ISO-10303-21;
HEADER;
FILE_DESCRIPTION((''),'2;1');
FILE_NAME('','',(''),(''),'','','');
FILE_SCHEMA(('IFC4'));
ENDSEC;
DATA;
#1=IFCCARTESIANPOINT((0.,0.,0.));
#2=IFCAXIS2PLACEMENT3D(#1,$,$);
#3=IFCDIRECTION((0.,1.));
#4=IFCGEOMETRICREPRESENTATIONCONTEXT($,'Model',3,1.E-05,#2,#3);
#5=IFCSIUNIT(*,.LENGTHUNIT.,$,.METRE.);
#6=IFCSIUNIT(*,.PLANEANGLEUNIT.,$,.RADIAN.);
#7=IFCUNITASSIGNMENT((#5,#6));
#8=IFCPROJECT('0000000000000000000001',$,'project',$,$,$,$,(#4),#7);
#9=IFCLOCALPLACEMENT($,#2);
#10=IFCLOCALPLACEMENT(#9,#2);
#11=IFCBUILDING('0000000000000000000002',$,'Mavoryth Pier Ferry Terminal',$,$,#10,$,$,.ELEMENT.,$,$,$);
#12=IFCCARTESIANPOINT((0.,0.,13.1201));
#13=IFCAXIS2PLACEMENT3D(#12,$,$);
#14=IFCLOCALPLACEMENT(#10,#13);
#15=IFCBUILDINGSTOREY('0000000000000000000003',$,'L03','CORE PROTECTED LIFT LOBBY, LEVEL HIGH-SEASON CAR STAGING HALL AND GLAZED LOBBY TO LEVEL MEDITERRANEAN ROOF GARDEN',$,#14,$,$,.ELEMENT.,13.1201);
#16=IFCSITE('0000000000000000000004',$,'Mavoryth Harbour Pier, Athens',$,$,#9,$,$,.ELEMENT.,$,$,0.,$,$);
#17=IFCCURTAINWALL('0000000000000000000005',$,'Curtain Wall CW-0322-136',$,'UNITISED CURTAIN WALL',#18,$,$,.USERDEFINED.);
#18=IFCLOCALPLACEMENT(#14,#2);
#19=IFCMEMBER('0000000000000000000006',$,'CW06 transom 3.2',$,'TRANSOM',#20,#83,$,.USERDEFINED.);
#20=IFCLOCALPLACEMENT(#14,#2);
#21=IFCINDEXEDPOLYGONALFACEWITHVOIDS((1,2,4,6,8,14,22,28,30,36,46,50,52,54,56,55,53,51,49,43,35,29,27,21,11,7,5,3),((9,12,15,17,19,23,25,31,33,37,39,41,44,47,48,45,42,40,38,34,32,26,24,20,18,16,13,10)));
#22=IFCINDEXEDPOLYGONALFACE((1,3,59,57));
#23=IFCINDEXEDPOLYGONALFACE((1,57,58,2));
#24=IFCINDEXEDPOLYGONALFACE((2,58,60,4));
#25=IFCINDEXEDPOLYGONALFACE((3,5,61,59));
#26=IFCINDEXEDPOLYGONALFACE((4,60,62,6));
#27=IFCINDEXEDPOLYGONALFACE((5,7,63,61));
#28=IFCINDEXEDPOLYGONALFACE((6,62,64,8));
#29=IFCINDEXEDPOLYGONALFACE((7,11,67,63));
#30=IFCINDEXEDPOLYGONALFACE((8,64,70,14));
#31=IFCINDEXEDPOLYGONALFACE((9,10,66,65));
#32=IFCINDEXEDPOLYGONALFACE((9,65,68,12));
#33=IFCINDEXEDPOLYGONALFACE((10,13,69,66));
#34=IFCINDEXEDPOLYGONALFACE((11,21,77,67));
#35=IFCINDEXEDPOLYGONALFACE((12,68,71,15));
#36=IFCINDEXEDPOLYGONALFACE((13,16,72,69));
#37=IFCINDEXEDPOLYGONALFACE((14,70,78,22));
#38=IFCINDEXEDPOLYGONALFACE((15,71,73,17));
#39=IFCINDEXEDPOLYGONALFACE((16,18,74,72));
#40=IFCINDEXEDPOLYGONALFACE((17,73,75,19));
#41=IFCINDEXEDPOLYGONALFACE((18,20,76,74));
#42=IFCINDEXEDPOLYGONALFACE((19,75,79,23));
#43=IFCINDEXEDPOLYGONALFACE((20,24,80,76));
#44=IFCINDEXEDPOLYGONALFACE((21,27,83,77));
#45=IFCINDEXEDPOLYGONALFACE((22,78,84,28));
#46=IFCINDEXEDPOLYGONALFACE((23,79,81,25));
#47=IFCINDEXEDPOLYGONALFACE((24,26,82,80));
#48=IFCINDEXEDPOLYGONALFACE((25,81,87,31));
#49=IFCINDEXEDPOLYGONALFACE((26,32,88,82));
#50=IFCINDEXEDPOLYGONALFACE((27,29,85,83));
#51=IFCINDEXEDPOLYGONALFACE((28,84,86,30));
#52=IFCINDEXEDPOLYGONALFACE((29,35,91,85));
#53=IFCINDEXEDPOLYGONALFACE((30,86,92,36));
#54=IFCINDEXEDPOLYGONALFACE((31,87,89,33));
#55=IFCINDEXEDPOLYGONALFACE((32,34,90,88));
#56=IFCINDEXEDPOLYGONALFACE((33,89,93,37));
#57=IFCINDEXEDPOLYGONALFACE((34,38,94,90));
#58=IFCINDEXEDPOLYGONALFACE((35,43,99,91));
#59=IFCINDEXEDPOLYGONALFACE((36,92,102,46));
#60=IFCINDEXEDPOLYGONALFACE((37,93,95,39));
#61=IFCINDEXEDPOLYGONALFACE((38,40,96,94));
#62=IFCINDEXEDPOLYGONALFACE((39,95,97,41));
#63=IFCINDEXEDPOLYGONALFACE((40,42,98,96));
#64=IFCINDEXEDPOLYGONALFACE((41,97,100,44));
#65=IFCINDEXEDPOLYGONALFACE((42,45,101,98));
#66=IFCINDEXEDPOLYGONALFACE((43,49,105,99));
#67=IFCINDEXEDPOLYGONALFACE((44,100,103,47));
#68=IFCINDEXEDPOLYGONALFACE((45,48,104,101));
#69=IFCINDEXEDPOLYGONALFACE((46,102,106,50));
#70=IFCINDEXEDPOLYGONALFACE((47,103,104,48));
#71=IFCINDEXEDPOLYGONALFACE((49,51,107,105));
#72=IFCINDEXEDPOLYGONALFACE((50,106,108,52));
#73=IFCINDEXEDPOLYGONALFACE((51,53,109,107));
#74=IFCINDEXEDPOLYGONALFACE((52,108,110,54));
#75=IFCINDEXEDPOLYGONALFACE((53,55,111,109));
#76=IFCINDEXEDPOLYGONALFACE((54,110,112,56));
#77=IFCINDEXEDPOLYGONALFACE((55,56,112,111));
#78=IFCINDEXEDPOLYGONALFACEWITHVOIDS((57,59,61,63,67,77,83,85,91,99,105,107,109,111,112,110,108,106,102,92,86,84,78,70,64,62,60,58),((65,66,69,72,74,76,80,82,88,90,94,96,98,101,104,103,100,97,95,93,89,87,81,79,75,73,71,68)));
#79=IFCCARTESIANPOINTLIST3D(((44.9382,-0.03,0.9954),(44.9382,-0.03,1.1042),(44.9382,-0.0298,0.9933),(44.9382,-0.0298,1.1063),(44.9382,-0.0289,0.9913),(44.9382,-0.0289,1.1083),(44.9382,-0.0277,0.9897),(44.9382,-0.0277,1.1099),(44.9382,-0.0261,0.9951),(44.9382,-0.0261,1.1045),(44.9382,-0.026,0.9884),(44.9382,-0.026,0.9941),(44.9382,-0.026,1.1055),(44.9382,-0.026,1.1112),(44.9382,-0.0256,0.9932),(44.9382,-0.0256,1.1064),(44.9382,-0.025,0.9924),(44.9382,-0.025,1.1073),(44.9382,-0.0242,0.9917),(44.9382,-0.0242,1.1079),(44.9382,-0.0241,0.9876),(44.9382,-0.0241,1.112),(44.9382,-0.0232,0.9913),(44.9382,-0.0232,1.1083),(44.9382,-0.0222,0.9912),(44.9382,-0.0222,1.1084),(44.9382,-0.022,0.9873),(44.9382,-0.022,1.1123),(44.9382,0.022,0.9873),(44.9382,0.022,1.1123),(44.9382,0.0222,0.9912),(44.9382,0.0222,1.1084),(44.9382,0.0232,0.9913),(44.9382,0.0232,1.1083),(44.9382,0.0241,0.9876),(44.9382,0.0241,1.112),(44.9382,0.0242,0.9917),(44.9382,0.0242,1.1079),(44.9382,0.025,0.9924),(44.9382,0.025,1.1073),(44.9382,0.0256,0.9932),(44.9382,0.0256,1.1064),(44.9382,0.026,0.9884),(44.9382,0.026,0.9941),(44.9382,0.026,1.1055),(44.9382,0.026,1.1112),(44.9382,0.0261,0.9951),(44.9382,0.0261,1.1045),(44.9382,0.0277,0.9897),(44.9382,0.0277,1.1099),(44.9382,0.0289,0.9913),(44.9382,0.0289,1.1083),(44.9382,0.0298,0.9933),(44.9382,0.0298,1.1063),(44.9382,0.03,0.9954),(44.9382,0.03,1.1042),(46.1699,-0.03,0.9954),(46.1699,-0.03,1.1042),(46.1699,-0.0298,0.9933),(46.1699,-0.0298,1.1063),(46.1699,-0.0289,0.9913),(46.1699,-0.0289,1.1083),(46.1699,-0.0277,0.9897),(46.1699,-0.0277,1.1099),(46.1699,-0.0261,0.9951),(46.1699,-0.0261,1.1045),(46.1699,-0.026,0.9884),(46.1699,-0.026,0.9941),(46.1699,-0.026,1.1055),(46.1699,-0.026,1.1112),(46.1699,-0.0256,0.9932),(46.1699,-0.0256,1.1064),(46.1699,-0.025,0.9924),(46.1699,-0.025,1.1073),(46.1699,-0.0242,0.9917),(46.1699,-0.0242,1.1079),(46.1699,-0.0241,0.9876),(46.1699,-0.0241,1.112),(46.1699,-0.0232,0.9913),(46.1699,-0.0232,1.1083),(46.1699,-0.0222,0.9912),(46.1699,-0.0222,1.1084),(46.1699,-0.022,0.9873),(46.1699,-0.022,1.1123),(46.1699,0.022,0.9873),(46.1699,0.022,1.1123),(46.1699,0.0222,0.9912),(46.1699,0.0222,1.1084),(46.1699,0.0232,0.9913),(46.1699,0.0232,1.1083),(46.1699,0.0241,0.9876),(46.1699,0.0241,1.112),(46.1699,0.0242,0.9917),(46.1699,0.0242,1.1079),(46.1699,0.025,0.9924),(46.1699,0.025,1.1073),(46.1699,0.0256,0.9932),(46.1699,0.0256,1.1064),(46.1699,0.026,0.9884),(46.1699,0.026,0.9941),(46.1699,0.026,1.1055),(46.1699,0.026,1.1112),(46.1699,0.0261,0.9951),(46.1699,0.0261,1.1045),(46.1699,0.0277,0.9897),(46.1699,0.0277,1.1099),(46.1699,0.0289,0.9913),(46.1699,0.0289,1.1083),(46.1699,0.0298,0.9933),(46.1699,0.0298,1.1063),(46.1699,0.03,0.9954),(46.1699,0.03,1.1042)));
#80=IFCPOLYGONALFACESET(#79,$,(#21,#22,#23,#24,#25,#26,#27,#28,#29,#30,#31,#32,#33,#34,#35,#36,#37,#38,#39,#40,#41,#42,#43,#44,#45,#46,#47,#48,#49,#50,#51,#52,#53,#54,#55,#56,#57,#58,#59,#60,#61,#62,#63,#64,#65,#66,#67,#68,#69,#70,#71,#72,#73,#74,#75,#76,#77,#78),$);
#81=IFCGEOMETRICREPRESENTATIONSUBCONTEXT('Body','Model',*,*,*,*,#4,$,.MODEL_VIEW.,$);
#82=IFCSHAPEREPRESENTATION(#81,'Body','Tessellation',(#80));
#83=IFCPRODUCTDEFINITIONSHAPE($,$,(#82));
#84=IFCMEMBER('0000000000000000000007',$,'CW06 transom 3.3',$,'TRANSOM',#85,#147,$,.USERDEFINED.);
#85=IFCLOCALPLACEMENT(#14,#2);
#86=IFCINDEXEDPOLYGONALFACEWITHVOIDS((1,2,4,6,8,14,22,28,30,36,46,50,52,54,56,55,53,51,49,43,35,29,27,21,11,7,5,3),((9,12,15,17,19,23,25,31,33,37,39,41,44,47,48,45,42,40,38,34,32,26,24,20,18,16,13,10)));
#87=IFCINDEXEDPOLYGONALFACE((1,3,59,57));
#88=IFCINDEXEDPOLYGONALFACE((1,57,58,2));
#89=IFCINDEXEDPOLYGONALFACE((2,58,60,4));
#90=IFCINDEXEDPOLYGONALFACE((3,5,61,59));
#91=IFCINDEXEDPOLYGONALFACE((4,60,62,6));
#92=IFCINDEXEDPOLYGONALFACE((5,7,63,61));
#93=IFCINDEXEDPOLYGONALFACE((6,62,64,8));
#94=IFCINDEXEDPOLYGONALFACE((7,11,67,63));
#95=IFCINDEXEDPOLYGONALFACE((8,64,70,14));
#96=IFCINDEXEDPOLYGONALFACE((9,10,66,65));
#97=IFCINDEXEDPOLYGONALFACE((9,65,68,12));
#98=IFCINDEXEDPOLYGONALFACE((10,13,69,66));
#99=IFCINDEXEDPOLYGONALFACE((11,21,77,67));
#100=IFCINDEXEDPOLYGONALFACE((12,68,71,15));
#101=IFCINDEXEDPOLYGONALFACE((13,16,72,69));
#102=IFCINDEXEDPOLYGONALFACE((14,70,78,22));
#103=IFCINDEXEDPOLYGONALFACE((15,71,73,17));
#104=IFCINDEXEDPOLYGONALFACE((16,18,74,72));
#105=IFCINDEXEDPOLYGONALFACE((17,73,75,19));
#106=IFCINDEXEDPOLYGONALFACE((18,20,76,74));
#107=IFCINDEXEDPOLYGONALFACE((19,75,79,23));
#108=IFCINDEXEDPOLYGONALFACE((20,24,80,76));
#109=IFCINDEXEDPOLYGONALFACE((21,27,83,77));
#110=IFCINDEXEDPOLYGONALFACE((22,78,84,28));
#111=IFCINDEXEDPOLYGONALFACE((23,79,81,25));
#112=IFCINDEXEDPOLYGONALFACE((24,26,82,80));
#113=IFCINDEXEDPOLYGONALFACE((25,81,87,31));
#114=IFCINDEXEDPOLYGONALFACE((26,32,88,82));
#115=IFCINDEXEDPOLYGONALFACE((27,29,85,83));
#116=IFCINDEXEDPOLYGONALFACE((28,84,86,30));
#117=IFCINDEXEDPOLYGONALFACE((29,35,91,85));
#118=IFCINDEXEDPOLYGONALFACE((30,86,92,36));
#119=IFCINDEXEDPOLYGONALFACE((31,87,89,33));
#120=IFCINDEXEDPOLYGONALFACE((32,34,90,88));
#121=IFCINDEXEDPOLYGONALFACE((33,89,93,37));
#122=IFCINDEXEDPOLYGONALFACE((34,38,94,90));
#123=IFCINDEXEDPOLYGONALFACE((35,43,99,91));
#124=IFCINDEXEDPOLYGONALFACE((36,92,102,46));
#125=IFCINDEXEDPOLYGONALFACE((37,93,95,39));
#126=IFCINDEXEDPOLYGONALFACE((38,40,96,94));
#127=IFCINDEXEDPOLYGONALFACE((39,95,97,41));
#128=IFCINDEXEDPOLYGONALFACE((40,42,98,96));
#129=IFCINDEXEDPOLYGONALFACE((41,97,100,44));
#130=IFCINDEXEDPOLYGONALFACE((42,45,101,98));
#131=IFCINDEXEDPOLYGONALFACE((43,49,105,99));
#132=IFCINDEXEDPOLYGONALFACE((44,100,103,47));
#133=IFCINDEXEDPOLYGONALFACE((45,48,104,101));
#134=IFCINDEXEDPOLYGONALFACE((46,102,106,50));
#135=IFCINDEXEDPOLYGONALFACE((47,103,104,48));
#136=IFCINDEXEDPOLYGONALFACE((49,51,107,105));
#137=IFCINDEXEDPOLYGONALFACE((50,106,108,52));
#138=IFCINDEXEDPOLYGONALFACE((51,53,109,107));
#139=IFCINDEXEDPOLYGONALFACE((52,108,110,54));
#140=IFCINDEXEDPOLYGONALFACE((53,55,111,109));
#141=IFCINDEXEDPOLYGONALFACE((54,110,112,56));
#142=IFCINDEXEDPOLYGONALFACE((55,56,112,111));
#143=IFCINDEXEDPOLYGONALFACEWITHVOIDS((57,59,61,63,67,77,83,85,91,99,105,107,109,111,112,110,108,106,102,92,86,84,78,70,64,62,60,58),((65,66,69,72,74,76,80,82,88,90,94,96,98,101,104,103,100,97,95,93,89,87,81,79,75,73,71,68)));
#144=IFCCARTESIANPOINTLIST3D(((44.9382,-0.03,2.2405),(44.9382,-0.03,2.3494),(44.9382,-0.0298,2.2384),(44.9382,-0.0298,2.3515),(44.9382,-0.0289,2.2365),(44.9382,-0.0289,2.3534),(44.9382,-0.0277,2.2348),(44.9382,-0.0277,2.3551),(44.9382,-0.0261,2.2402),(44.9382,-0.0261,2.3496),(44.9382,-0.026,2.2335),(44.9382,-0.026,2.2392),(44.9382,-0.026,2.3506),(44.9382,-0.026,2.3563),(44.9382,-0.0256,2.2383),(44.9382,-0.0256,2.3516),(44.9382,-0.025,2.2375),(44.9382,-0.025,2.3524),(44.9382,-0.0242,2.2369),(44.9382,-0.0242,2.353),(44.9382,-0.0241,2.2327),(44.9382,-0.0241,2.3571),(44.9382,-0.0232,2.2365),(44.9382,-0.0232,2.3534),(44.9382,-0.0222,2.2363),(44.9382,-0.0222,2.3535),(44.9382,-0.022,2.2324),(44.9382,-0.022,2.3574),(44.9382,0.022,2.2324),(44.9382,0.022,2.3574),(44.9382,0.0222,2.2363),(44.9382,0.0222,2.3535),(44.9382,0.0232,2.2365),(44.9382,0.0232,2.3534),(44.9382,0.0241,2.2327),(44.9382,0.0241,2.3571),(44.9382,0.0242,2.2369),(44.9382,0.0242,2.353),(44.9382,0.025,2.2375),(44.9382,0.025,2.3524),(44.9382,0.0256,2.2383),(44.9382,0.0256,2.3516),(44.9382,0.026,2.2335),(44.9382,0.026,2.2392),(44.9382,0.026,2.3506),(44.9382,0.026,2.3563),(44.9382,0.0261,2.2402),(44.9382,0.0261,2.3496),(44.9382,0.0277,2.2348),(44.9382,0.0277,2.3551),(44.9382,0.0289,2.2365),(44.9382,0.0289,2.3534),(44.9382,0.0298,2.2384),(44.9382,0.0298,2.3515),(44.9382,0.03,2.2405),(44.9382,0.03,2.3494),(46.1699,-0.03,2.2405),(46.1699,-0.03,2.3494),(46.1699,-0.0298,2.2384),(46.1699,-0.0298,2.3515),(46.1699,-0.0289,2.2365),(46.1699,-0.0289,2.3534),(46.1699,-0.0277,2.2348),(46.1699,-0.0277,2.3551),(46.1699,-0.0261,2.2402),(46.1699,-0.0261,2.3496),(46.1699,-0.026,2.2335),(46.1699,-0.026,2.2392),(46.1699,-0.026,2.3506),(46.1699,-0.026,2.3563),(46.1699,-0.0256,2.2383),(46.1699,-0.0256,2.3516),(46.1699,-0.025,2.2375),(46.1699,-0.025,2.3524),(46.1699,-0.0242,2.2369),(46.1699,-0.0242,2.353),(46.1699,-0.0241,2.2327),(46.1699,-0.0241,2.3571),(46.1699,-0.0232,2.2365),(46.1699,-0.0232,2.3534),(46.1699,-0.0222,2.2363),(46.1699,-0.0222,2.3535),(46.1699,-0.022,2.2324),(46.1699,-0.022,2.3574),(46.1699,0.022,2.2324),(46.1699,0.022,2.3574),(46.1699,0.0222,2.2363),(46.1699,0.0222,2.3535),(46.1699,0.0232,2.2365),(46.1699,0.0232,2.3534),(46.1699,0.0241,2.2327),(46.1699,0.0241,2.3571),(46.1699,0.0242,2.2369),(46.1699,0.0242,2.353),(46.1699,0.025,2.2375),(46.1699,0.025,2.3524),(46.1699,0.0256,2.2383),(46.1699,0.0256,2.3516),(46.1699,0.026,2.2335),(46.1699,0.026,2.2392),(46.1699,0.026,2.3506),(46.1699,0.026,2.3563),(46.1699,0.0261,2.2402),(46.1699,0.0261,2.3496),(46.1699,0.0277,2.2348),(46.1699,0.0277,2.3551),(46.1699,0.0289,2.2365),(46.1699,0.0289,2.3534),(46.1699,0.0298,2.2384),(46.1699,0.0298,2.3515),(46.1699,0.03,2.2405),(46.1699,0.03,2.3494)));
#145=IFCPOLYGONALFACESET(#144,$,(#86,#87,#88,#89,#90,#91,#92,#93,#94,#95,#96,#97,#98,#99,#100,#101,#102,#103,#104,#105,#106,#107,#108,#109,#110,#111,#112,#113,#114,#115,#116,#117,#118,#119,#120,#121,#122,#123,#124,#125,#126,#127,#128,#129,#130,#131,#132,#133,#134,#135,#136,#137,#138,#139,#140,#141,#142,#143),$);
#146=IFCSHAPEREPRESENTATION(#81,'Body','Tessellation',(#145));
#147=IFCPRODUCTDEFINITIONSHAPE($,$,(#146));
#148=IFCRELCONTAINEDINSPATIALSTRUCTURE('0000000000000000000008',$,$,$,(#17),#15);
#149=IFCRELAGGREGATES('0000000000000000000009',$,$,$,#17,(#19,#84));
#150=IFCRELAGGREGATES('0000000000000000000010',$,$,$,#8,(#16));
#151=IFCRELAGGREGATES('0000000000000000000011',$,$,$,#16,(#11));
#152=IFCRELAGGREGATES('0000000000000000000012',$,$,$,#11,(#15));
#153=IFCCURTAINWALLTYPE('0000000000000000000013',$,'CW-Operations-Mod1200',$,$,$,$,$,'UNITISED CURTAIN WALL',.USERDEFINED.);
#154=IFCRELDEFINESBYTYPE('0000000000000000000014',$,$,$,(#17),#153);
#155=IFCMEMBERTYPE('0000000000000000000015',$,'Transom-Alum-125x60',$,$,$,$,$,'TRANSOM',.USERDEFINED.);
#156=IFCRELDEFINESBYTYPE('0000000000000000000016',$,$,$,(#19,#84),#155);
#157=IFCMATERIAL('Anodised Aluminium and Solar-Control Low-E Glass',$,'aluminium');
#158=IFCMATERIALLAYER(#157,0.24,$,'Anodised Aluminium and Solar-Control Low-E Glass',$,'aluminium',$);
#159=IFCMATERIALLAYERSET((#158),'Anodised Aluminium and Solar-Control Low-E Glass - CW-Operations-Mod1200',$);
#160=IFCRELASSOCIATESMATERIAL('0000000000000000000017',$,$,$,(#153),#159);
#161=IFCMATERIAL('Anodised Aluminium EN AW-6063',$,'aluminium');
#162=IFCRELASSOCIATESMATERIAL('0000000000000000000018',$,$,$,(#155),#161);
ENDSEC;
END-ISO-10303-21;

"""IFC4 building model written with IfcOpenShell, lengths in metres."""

from ifc_helpers import new_model, si_unit, direction, frame, origin, origin_2d, place, context, subcontext, project, spatial, hollow_rectangle, extrude, material, layer, layer_set, material_profile, profile_set, type_object, element, aggregate, save


model = new_model("IFC4")

# Units and contexts
model_context = context("Model", 3, precision=1e-05, world=origin(), true_north=direction((0.0, 1.0)))
body_context = subcontext(model_context, "Body", "Model", "MODEL_VIEW")
ifc_project = project(units=[si_unit("LENGTHUNIT", "METRE"), si_unit("PLANEANGLEUNIT", "RADIAN")], contexts=[model_context])

# Site, building, storey
site_placement = place(None, origin())
site = spatial("IfcSite", under=ifc_project, at=site_placement, Name="Mavoryth Harbour Pier, Athens", CompositionType="ELEMENT", RefElevation=0.0)
building_placement = place(site_placement, origin())
building = spatial("IfcBuilding", under=site, at=building_placement, Name="Mavoryth Pier Ferry Terminal", CompositionType="ELEMENT")
storey_placement = place(building_placement, frame((0.0, 0.0, 13.1201)))
storey = spatial("IfcBuildingStorey", under=building, at=storey_placement, Name="L03", Description="CORE PROTECTED LIFT LOBBY, LEVEL HIGH-SEASON CAR STAGING HALL AND GLAZED LOBBY TO LEVEL MEDITERRANEAN ROOF GARDEN", CompositionType="ELEMENT", Elevation=13.1201)

# Curtain wall
ifc_material_1 = material(Name="Anodised Aluminium and Solar-Control Low-E Glass", Category="aluminium")
ifc_layer_1 = layer(ifc_material_1, 0.24, Name="Anodised Aluminium and Solar-Control Low-E Glass", Category="aluminium")
ifc_layer_set_1 = layer_set([ifc_layer_1], Name="Anodised Aluminium and Solar-Control Low-E Glass - CW-Operations-Mod1200")
curtain_wall_type = type_object("IfcCurtainWallType", Name="CW-Operations-Mod1200", ElementType="UNITISED CURTAIN WALL", PredefinedType="USERDEFINED", material=ifc_layer_set_1)
curtain_wall_placement = place(storey_placement, origin())
curtain_wall = element("IfcCurtainWall", 1, at=curtain_wall_placement, inside=storey, type_object=curtain_wall_type, Name="Curtain Wall CW-0322-136", ObjectType="UNITISED CURTAIN WALL", PredefinedType="USERDEFINED")
ifc_material_2 = material(Name="Anodised Aluminium EN AW-6063", Category="aluminium")

# Members
ifc_material_profile_1 = material_profile(ifc_material_2, hollow_rectangle(XDim=0.0601, YDim=0.125, WallThickness=0.0039, InnerFilletRadius=0.0039, OuterFilletRadius=0.0081, at=origin_2d()), Name="AL-TRAN 125x60x4", Category="aluminium")
ifc_profile_set_1 = profile_set([ifc_material_profile_1], Name="Anodised Aluminium EN AW-6063 - AL-TRAN 125x60x4")
member_type_1 = type_object("IfcMemberType", Name="Transom-Alum-125x60", ElementType="TRANSOM", PredefinedType="USERDEFINED", material=ifc_profile_set_1)
member_1_placement = place(storey_placement, frame((44.9382, 0.0, 1.0498), z_axis=(1.0, 0.0, 0.0), x_axis=(0.0, 1.0, 0.0)))
member_1 = element("IfcMember", 2, at=member_1_placement, type_object=member_type_1, Name="CW06 transom 3.2", ObjectType="TRANSOM", PredefinedType="USERDEFINED", context=body_context, shape_type="SweptSolid", body=[
    extrude(hollow_rectangle(XDim=0.0601, YDim=0.125, WallThickness=0.0039, InnerFilletRadius=0.0039, OuterFilletRadius=0.0081, at=origin_2d()), origin(), (0.0, 0.0, 1.0), 1.2317),
])
member_2_placement = place(storey_placement, frame((44.9382, 0.0, 2.2949), z_axis=(1.0, 0.0, 0.0), x_axis=(0.0, 1.0, 0.0)))
member_2 = element("IfcMember", 3, at=member_2_placement, type_object=member_type_1, Name="CW06 transom 3.3", ObjectType="TRANSOM", PredefinedType="USERDEFINED", context=body_context, shape_type="SweptSolid", body=[
    extrude(hollow_rectangle(XDim=0.0601, YDim=0.125, WallThickness=0.0039, InnerFilletRadius=0.0039, OuterFilletRadius=0.0081, at=origin_2d()), origin(), (0.0, 0.0, 1.0), 1.2317),
])

aggregate(curtain_wall, [member_1, member_2])

save(model, "model.ifc")
